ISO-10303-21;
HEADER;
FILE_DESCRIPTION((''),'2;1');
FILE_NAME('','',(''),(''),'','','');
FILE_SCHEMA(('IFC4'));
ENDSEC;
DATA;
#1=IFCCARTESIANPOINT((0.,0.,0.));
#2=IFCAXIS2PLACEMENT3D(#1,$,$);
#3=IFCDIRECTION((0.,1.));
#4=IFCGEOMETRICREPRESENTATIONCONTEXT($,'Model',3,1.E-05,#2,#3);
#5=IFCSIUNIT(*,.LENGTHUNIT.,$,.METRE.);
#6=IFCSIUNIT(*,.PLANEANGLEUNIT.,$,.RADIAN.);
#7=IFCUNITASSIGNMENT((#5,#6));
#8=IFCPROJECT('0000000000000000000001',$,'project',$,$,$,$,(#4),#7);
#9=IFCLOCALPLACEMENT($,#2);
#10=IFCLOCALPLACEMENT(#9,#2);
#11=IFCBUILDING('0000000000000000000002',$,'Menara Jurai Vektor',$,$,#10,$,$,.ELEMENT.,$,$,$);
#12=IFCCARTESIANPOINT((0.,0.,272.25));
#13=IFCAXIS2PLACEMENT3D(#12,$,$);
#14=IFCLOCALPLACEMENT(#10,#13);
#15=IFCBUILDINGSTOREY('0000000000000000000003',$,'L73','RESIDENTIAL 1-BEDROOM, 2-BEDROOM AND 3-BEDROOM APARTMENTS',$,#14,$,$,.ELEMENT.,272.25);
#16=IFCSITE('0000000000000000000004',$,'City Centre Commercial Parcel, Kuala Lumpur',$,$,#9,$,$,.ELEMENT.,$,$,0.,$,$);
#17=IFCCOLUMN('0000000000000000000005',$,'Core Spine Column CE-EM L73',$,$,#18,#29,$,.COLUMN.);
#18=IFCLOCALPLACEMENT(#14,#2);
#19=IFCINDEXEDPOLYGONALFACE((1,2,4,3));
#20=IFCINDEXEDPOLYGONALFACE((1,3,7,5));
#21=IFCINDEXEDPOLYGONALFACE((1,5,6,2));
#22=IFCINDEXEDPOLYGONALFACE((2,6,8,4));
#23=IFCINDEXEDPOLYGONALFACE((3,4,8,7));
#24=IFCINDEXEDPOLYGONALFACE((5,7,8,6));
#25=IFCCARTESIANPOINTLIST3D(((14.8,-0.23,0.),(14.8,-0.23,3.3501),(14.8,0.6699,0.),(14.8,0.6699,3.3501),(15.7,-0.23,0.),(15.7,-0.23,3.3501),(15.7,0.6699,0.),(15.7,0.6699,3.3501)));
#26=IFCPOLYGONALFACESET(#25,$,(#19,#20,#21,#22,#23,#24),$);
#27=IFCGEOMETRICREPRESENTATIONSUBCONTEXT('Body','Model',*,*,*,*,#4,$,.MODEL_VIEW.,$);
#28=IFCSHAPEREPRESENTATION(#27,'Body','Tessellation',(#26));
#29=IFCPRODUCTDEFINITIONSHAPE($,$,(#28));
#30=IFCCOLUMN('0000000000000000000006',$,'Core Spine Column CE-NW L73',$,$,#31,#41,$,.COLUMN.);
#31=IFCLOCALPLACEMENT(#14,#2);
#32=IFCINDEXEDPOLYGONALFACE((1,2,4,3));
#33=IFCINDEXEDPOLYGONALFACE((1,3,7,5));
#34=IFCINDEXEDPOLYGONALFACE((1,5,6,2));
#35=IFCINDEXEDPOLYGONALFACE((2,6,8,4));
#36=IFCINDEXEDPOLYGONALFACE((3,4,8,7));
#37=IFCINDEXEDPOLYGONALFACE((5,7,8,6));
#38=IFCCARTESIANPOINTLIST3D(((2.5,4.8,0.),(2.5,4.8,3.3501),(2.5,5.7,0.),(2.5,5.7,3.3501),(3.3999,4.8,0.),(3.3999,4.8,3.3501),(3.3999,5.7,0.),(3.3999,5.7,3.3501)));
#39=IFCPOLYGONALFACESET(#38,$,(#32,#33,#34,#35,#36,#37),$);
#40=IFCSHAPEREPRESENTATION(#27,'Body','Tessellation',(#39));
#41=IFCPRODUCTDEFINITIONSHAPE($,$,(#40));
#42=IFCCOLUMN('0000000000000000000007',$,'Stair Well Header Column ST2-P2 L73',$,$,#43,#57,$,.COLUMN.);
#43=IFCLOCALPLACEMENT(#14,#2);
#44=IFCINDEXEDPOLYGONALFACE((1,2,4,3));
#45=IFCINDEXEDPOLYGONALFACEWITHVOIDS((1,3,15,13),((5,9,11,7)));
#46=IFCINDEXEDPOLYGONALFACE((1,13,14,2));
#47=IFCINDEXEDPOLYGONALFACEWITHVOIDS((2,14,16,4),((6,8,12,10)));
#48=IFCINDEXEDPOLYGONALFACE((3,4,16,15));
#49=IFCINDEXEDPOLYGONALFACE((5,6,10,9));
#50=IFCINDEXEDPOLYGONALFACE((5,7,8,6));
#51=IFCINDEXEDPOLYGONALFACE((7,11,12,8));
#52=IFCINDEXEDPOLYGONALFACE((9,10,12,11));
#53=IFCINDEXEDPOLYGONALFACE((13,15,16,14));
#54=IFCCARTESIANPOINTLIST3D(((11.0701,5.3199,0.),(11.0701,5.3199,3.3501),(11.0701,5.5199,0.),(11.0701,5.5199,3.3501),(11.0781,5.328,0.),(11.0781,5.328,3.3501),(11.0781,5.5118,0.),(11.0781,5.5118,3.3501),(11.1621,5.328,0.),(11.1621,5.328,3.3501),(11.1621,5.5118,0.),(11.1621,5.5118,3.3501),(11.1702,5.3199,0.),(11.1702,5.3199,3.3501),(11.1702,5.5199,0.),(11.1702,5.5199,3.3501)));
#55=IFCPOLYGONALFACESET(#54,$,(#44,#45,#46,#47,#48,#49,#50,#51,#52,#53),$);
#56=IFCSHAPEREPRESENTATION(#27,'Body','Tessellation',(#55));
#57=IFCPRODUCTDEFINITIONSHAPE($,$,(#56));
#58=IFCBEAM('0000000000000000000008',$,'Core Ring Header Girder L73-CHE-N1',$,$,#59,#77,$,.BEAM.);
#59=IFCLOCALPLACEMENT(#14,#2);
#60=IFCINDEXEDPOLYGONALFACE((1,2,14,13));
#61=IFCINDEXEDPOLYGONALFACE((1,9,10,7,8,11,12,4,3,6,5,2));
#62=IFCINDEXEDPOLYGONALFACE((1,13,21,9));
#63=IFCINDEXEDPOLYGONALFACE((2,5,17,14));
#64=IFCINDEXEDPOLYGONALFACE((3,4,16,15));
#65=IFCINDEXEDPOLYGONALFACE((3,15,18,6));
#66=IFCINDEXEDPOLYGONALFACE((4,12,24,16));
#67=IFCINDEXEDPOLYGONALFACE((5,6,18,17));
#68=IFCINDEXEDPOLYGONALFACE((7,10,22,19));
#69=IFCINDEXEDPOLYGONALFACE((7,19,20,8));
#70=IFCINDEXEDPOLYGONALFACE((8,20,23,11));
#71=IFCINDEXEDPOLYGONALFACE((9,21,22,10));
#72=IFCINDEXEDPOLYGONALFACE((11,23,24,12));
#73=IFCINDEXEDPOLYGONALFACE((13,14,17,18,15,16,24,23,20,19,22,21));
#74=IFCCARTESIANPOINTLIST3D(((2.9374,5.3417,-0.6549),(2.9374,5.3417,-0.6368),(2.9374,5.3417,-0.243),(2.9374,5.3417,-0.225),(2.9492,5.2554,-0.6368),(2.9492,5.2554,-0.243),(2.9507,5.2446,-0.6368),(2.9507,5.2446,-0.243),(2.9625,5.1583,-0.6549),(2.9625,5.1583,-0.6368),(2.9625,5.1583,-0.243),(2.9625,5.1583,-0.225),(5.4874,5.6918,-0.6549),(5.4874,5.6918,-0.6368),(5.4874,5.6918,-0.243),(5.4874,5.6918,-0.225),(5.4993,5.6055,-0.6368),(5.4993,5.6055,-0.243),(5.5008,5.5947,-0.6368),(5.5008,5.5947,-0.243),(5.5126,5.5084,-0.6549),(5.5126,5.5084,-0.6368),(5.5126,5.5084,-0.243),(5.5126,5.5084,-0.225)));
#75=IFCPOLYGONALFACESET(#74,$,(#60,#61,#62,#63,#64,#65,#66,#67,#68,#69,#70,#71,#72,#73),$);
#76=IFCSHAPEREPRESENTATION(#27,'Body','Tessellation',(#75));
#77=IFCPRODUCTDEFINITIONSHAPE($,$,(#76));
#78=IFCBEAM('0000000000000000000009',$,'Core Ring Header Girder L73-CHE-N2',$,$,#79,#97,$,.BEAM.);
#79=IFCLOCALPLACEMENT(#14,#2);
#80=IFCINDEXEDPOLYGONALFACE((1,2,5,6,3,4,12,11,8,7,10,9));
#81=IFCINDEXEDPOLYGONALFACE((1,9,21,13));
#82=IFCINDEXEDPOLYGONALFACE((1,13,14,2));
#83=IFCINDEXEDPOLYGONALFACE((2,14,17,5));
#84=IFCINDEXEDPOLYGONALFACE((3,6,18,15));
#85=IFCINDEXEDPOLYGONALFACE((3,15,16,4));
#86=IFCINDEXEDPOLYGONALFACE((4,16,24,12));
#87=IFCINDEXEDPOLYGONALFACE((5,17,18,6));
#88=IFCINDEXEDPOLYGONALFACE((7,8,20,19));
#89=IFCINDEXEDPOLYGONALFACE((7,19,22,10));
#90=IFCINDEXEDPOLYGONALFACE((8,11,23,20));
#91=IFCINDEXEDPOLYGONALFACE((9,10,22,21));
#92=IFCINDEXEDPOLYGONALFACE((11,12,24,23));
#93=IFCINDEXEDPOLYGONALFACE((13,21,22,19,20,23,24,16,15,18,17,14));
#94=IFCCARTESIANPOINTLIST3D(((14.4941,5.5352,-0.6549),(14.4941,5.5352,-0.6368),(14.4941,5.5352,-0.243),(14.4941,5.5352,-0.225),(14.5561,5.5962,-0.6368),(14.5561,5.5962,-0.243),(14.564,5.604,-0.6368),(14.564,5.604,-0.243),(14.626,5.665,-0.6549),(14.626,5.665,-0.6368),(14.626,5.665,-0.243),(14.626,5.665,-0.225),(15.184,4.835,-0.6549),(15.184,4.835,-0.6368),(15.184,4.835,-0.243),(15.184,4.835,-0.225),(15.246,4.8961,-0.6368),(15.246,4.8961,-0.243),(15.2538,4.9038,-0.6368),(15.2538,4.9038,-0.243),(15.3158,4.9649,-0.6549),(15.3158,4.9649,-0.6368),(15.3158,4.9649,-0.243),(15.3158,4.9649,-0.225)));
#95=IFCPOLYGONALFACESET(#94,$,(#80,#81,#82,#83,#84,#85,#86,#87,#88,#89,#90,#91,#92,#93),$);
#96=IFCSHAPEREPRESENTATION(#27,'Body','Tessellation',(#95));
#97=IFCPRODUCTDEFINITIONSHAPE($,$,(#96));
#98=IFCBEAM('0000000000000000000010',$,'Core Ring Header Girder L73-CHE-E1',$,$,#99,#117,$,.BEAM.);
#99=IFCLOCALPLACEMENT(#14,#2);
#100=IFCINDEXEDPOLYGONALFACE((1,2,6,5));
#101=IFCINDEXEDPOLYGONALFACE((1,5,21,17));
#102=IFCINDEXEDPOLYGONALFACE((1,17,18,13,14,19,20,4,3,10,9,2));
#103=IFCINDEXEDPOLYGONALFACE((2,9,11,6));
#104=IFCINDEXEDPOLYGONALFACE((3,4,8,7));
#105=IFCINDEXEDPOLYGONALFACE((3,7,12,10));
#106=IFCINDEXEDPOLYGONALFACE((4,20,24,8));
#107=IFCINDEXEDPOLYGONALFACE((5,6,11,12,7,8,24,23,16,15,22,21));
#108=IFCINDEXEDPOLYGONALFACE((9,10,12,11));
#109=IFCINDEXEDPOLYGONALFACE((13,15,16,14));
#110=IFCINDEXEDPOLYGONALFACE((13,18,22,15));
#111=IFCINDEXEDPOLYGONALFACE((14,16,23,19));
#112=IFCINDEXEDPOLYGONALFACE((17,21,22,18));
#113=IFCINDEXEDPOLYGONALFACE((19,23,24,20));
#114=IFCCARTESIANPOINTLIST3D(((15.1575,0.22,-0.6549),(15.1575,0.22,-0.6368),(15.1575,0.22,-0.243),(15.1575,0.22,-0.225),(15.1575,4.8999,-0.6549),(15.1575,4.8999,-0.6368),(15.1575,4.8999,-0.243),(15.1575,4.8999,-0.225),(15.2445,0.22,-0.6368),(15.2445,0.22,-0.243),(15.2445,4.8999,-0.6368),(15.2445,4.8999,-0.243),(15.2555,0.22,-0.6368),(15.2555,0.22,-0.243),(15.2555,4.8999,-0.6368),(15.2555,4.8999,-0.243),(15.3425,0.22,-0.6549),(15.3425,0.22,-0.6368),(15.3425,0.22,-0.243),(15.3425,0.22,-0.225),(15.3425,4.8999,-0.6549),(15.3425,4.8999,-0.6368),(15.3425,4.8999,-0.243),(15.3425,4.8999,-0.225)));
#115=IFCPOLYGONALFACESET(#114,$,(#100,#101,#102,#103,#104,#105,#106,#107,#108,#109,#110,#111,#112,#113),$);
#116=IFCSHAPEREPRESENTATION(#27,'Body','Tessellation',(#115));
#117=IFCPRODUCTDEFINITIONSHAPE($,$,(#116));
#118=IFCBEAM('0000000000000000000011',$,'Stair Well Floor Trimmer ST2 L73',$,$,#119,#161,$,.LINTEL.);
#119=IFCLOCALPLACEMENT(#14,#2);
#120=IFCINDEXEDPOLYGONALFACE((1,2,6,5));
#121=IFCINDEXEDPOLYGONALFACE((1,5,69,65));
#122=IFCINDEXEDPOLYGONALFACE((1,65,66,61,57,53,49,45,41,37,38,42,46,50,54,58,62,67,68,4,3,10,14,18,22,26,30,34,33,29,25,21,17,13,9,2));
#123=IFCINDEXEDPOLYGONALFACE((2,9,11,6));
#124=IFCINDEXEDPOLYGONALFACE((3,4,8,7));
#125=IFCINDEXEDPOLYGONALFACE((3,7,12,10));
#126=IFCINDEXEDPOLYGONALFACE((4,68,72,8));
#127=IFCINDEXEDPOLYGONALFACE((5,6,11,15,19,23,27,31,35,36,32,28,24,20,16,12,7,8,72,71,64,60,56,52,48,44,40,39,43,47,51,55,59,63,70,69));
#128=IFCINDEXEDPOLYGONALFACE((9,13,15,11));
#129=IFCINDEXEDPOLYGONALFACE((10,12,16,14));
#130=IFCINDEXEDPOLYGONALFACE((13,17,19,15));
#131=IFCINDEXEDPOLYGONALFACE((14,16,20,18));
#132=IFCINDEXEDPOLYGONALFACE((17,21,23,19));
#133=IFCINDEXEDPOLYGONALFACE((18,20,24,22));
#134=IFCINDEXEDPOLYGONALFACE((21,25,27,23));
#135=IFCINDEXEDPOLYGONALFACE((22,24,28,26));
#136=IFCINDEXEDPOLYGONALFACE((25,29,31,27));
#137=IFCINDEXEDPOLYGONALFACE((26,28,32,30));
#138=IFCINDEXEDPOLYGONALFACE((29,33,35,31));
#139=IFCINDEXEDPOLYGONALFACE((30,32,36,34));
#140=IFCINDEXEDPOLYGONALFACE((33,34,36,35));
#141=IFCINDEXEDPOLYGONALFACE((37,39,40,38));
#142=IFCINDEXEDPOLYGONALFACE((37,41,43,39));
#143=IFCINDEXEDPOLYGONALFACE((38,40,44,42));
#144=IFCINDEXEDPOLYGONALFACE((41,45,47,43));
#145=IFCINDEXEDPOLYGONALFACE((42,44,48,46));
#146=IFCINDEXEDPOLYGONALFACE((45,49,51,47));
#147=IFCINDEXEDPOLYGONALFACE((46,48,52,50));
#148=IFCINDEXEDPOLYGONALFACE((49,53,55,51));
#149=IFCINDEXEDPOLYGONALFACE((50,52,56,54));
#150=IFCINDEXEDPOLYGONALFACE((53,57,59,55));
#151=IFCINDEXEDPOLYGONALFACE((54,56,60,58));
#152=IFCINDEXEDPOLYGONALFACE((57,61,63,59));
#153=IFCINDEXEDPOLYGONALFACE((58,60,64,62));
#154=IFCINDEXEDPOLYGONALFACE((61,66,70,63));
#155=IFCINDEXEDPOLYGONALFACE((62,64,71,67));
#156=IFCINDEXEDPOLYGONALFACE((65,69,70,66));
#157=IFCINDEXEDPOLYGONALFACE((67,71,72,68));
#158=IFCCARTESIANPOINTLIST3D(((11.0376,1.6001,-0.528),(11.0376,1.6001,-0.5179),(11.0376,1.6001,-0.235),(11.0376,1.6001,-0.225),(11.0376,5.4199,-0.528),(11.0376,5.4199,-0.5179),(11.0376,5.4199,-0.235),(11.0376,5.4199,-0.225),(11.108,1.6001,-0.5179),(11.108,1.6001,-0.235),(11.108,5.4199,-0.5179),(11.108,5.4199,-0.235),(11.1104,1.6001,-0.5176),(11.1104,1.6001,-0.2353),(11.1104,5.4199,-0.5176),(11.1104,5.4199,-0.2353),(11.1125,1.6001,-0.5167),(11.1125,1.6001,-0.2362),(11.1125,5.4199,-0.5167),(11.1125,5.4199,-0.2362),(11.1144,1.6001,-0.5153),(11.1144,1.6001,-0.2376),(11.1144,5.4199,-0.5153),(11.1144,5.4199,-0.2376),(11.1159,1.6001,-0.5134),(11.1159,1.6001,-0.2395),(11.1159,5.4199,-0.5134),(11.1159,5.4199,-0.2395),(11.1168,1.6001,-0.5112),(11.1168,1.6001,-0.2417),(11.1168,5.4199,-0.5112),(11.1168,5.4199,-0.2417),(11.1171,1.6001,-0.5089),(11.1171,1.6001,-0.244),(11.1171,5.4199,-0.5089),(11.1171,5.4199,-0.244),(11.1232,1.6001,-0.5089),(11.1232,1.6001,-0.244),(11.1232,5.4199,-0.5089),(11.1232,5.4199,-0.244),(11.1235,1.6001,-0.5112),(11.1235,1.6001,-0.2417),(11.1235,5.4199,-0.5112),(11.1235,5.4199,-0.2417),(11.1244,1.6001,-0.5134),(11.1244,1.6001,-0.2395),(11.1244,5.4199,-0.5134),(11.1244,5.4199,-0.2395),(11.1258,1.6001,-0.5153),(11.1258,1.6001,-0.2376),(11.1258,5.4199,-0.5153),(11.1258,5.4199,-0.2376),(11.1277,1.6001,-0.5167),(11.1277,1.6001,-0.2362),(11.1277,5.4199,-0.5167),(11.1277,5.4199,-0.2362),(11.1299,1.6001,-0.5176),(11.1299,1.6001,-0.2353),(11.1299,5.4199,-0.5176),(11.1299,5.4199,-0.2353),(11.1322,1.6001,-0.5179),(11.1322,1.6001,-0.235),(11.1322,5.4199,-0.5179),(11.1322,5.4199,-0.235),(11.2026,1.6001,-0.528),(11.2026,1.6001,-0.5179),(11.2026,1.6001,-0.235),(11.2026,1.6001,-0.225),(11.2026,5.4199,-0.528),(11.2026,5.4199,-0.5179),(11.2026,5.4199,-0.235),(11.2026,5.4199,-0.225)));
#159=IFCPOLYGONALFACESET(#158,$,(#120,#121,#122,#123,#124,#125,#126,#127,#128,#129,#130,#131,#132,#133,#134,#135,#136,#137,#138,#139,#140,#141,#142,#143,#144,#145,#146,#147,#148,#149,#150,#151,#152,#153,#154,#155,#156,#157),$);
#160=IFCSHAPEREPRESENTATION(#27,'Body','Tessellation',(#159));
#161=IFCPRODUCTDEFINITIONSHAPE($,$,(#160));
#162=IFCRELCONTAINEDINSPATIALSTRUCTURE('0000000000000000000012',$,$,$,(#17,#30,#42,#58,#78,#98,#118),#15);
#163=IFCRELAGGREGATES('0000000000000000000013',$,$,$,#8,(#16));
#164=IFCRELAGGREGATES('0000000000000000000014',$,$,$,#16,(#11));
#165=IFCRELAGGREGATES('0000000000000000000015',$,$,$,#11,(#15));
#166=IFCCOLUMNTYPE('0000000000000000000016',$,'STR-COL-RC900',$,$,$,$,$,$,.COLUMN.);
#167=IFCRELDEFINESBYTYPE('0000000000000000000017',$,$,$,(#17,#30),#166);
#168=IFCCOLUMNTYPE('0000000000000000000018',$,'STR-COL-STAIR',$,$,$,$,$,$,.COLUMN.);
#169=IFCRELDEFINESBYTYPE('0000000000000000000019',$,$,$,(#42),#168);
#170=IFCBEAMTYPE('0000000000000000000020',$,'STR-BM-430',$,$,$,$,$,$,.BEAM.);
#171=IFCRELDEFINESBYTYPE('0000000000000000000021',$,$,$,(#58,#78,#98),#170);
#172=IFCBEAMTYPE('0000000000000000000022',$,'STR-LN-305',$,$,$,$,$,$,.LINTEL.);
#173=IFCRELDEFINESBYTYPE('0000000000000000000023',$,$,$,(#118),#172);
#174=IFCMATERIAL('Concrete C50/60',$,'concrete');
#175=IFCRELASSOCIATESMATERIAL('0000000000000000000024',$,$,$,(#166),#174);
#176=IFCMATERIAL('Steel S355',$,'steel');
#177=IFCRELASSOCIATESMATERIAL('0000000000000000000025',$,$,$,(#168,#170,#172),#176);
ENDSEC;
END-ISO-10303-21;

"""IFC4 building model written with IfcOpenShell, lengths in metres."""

from ifc_helpers import new_model, si_unit, direction, frame, origin, origin_2d, place, context, subcontext, project, spatial, rectangle, hollow_rectangle, i_section, extrude, material, material_profile, profile_set, type_object, element, save


model = new_model("IFC4")

# Units and contexts
model_context = context("Model", 3, precision=1e-05, world=origin(), true_north=direction((0.0, 1.0)))
body_context = subcontext(model_context, "Body", "Model", "MODEL_VIEW")
ifc_project = project(units=[si_unit("LENGTHUNIT", "METRE"), si_unit("PLANEANGLEUNIT", "RADIAN")], contexts=[model_context])

# Site, building, storey
site_placement = place(None, origin())
site = spatial("IfcSite", under=ifc_project, at=site_placement, Name="City Centre Commercial Parcel, Kuala Lumpur", CompositionType="ELEMENT", RefElevation=0.0)
building_placement = place(site_placement, origin())
building = spatial("IfcBuilding", under=site, at=building_placement, Name="Menara Jurai Vektor", CompositionType="ELEMENT")
storey_placement = place(building_placement, frame((0.0, 0.0, 272.25)))
storey = spatial("IfcBuildingStorey", under=building, at=storey_placement, Name="L73", Description="RESIDENTIAL 1-BEDROOM, 2-BEDROOM AND 3-BEDROOM APARTMENTS", CompositionType="ELEMENT", Elevation=272.25)

# Columns
ifc_material_1 = material(Name="Concrete C50/60", Category="concrete")
ifc_material_profile_1 = material_profile(ifc_material_1, rectangle(XDim=0.8999, YDim=0.8999, at=origin_2d()), Name="RC 900x900")
ifc_profile_set_1 = profile_set([ifc_material_profile_1], Name="Concrete C50/60")
column_type_1 = type_object("IfcColumnType", Name="STR-COL-RC900", PredefinedType="COLUMN", material=ifc_profile_set_1)
for number, where, z_axis, x_axis, name in (
    (1, (15.25, 0.22, 0.0), (0.0, 0.0, 1.0), (1.0, 0.0, 0.0), "Core Spine Column CE-EM L73"),
    (2, (2.95, 5.25, 0.0), (0.0, 0.0, 1.0), (1.0, 0.0, 0.0), "Core Spine Column CE-NW L73"),
):
    element("IfcColumn", number, at=place(storey_placement, frame(where, z_axis=z_axis, x_axis=x_axis)), inside=storey, type_object=column_type_1, Name=name, PredefinedType="COLUMN", context=body_context, shape_type="SweptSolid", body=[
        extrude(rectangle(XDim=0.8999, YDim=0.8999, at=origin_2d()), origin(), (0.0, 0.0, 1.0), 3.3501),
    ])
ifc_material_2 = material(Name="Steel S355", Category="steel")
ifc_material_profile_2 = material_profile(ifc_material_2, hollow_rectangle(XDim=0.1001, YDim=0.2, WallThickness=0.0081, at=origin_2d()), Name="RHS 200x100x8")
ifc_profile_set_2 = profile_set([ifc_material_profile_2], Name="Steel S355")
column_type_2 = type_object("IfcColumnType", Name="STR-COL-STAIR", PredefinedType="COLUMN", material=ifc_profile_set_2)
column_placement = place(storey_placement, frame((11.1201, 5.4199, 0.0), z_axis=(0.0, 0.0, 1.0), x_axis=(1.0, 0.0, 0.0)))
element("IfcColumn", 3, at=column_placement, inside=storey, type_object=column_type_2, Name="Stair Well Header Column ST2-P2 L73", PredefinedType="COLUMN", context=body_context, shape_type="SweptSolid", body=[
    extrude(hollow_rectangle(XDim=0.1001, YDim=0.2, WallThickness=0.0081, at=origin_2d()), origin(), (0.0, 0.0, 1.0), 3.3501),
])

# Beams
ifc_material_profile_3 = material_profile(ifc_material_2, i_section(OverallWidth=0.1851, OverallDepth=0.4299, WebThickness=0.011, FlangeThickness=0.0181, at=origin_2d()), Name="PG 430x185x76")
ifc_profile_set_3 = profile_set([ifc_material_profile_3], Name="Steel S355")
beam_type_1 = type_object("IfcBeamType", Name="STR-BM-430", PredefinedType="BEAM", material=ifc_profile_set_3)
beam_1_placement = place(storey_placement, frame((2.95, 5.25, -0.4399), z_axis=(0.990707, 0.136015, 0.0), x_axis=(-0.136015, 0.990707, 0.0)))
element("IfcBeam", 4, at=beam_1_placement, inside=storey, type_object=beam_type_1, Name="Core Ring Header Girder L73-CHE-N1", PredefinedType="BEAM", context=body_context, shape_type="SweptSolid", body=[
    extrude(i_section(OverallWidth=0.1851, OverallDepth=0.4299, WebThickness=0.011, FlangeThickness=0.0181, at=origin_2d()), origin(), (0.0, 0.0, 1.0), 2.574),
])
beam_2_placement = place(storey_placement, frame((14.5601, 5.6001, -0.4399), z_axis=(0.701872, -0.712303, 0.0), x_axis=(0.712303, 0.701872, 0.0)))
element("IfcBeam", 5, at=beam_2_placement, inside=storey, type_object=beam_type_1, Name="Core Ring Header Girder L73-CHE-N2", PredefinedType="BEAM", context=body_context, shape_type="SweptSolid", body=[
    extrude(i_section(OverallWidth=0.1851, OverallDepth=0.4299, WebThickness=0.011, FlangeThickness=0.0181, at=origin_2d()), origin(), (0.0, 0.0, 1.0), 0.9829),
])
beam_3_placement = place(storey_placement, frame((15.25, 0.22, -0.4399), z_axis=(0.0, 1.0, 0.0), x_axis=(-1.0, 0.0, 0.0)))
element("IfcBeam", 6, at=beam_3_placement, inside=storey, type_object=beam_type_1, Name="Core Ring Header Girder L73-CHE-E1", PredefinedType="BEAM", context=body_context, shape_type="SweptSolid", body=[
    extrude(i_section(OverallWidth=0.1851, OverallDepth=0.4299, WebThickness=0.011, FlangeThickness=0.0181, at=origin_2d()), origin(), (0.0, 0.0, 1.0), 4.6799),
])
ifc_material_profile_4 = material_profile(ifc_material_2, i_section(OverallWidth=0.165, OverallDepth=0.303, WebThickness=0.0061, FlangeThickness=0.01, FilletRadius=0.009, at=origin_2d()), Name="UKB 305x165x40")
ifc_profile_set_4 = profile_set([ifc_material_profile_4], Name="Steel S355")
beam_type_2 = type_object("IfcBeamType", Name="STR-LN-305", PredefinedType="LINTEL", material=ifc_profile_set_4)
beam_4_placement = place(storey_placement, frame((11.1201, 1.6001, -0.3765), z_axis=(0.0, 1.0, 0.0), x_axis=(-1.0, 0.0, 0.0)))
element("IfcBeam", 7, at=beam_4_placement, inside=storey, type_object=beam_type_2, Name="Stair Well Floor Trimmer ST2 L73", PredefinedType="LINTEL", context=body_context, shape_type="SweptSolid", body=[
    extrude(i_section(OverallWidth=0.165, OverallDepth=0.303, WebThickness=0.0061, FlangeThickness=0.01, FilletRadius=0.009, at=origin_2d()), origin(), (0.0, 0.0, 1.0), 3.8198),
])

save(model, "model.ifc")
